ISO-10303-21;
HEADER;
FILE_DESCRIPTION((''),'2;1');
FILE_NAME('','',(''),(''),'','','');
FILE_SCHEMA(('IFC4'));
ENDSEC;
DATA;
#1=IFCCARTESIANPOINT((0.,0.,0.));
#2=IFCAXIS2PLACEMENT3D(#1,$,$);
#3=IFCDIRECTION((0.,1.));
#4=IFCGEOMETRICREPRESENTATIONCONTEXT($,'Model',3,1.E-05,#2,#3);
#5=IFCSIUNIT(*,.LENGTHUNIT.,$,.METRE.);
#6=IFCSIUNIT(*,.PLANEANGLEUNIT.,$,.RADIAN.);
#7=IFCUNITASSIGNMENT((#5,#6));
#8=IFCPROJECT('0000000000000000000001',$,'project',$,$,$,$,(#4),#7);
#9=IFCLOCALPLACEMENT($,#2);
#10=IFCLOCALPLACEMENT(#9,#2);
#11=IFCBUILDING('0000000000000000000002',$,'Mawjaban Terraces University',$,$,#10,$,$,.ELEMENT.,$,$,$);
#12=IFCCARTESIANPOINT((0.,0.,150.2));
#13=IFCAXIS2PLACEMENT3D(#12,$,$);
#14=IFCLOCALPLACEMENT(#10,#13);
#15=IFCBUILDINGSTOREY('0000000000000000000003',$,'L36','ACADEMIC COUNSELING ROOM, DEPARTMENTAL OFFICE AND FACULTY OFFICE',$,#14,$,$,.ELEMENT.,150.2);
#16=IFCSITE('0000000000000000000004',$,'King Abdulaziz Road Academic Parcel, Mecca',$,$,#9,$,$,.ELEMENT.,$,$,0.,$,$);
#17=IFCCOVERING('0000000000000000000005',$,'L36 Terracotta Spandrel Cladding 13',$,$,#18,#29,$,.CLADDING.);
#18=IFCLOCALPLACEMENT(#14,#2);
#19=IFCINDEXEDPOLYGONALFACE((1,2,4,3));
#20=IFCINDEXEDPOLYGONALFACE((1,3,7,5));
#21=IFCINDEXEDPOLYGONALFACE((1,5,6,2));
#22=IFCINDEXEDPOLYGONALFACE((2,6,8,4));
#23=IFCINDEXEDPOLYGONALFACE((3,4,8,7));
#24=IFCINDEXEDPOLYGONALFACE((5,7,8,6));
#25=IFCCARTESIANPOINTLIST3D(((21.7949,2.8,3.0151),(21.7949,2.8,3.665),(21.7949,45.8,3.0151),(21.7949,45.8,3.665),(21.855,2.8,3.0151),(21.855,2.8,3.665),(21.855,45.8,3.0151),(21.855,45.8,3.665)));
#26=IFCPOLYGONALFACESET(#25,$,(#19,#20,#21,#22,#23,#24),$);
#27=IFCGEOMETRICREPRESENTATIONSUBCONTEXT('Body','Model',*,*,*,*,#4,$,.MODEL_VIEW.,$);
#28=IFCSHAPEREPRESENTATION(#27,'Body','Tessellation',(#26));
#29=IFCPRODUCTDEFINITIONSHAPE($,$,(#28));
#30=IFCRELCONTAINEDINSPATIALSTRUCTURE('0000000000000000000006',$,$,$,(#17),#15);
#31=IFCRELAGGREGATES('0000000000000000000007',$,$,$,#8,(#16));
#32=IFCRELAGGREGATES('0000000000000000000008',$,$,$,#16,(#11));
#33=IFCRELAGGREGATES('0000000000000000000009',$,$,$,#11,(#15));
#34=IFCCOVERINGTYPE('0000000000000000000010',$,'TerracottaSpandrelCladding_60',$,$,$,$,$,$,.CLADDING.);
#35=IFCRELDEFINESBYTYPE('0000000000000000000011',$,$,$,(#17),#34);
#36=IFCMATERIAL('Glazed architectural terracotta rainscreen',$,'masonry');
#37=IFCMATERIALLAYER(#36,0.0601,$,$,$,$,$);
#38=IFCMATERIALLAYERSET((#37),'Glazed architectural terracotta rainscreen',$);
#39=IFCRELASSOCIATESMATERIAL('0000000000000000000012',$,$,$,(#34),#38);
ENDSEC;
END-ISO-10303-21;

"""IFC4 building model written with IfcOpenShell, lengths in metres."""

from ifc_helpers import new_model, si_unit, direction, frame, origin, origin_2d, place, context, subcontext, project, spatial, rectangle, extrude, material, layer, layer_set, type_object, element, save


model = new_model("IFC4")

# Units and contexts
model_context = context("Model", 3, precision=1e-05, world=origin(), true_north=direction((0.0, 1.0)))
body_context = subcontext(model_context, "Body", "Model", "MODEL_VIEW")
ifc_project = project(units=[si_unit("LENGTHUNIT", "METRE"), si_unit("PLANEANGLEUNIT", "RADIAN")], contexts=[model_context])

# Site, building, storey
site_placement = place(None, origin())
site = spatial("IfcSite", under=ifc_project, at=site_placement, Name="King Abdulaziz Road Academic Parcel, Mecca", CompositionType="ELEMENT", RefElevation=0.0)
building_placement = place(site_placement, origin())
building = spatial("IfcBuilding", under=site, at=building_placement, Name="Mawjaban Terraces University", CompositionType="ELEMENT")
storey_placement = place(building_placement, frame((0.0, 0.0, 150.2)))
storey = spatial("IfcBuildingStorey", under=building, at=storey_placement, Name="L36", Description="ACADEMIC COUNSELING ROOM, DEPARTMENTAL OFFICE AND FACULTY OFFICE", CompositionType="ELEMENT", Elevation=150.2)

# Covering
ifc_material_1 = material(Name="Glazed architectural terracotta rainscreen", Category="masonry")
ifc_layer_1 = layer(ifc_material_1, 0.0601)
ifc_layer_set_1 = layer_set([ifc_layer_1], Name="Glazed architectural terracotta rainscreen")
covering_type = type_object("IfcCoveringType", Name="TerracottaSpandrelCladding_60", PredefinedType="CLADDING", material=ifc_layer_set_1)
covering_placement = place(storey_placement, frame((21.825, 24.3, 3.0151), z_axis=(0.0, 0.0, 1.0), x_axis=(0.0, -1.0, 0.0)))
element("IfcCovering", 1, at=covering_placement, inside=storey, type_object=covering_type, Name="L36 Terracotta Spandrel Cladding 13", PredefinedType="CLADDING", context=body_context, shape_type="SweptSolid", body=[
    extrude(rectangle(XDim=43.0, YDim=0.0601, at=origin_2d()), origin(), (0.0, 0.0, 1.0), 0.6499),
])

save(model, "model.ifc")
